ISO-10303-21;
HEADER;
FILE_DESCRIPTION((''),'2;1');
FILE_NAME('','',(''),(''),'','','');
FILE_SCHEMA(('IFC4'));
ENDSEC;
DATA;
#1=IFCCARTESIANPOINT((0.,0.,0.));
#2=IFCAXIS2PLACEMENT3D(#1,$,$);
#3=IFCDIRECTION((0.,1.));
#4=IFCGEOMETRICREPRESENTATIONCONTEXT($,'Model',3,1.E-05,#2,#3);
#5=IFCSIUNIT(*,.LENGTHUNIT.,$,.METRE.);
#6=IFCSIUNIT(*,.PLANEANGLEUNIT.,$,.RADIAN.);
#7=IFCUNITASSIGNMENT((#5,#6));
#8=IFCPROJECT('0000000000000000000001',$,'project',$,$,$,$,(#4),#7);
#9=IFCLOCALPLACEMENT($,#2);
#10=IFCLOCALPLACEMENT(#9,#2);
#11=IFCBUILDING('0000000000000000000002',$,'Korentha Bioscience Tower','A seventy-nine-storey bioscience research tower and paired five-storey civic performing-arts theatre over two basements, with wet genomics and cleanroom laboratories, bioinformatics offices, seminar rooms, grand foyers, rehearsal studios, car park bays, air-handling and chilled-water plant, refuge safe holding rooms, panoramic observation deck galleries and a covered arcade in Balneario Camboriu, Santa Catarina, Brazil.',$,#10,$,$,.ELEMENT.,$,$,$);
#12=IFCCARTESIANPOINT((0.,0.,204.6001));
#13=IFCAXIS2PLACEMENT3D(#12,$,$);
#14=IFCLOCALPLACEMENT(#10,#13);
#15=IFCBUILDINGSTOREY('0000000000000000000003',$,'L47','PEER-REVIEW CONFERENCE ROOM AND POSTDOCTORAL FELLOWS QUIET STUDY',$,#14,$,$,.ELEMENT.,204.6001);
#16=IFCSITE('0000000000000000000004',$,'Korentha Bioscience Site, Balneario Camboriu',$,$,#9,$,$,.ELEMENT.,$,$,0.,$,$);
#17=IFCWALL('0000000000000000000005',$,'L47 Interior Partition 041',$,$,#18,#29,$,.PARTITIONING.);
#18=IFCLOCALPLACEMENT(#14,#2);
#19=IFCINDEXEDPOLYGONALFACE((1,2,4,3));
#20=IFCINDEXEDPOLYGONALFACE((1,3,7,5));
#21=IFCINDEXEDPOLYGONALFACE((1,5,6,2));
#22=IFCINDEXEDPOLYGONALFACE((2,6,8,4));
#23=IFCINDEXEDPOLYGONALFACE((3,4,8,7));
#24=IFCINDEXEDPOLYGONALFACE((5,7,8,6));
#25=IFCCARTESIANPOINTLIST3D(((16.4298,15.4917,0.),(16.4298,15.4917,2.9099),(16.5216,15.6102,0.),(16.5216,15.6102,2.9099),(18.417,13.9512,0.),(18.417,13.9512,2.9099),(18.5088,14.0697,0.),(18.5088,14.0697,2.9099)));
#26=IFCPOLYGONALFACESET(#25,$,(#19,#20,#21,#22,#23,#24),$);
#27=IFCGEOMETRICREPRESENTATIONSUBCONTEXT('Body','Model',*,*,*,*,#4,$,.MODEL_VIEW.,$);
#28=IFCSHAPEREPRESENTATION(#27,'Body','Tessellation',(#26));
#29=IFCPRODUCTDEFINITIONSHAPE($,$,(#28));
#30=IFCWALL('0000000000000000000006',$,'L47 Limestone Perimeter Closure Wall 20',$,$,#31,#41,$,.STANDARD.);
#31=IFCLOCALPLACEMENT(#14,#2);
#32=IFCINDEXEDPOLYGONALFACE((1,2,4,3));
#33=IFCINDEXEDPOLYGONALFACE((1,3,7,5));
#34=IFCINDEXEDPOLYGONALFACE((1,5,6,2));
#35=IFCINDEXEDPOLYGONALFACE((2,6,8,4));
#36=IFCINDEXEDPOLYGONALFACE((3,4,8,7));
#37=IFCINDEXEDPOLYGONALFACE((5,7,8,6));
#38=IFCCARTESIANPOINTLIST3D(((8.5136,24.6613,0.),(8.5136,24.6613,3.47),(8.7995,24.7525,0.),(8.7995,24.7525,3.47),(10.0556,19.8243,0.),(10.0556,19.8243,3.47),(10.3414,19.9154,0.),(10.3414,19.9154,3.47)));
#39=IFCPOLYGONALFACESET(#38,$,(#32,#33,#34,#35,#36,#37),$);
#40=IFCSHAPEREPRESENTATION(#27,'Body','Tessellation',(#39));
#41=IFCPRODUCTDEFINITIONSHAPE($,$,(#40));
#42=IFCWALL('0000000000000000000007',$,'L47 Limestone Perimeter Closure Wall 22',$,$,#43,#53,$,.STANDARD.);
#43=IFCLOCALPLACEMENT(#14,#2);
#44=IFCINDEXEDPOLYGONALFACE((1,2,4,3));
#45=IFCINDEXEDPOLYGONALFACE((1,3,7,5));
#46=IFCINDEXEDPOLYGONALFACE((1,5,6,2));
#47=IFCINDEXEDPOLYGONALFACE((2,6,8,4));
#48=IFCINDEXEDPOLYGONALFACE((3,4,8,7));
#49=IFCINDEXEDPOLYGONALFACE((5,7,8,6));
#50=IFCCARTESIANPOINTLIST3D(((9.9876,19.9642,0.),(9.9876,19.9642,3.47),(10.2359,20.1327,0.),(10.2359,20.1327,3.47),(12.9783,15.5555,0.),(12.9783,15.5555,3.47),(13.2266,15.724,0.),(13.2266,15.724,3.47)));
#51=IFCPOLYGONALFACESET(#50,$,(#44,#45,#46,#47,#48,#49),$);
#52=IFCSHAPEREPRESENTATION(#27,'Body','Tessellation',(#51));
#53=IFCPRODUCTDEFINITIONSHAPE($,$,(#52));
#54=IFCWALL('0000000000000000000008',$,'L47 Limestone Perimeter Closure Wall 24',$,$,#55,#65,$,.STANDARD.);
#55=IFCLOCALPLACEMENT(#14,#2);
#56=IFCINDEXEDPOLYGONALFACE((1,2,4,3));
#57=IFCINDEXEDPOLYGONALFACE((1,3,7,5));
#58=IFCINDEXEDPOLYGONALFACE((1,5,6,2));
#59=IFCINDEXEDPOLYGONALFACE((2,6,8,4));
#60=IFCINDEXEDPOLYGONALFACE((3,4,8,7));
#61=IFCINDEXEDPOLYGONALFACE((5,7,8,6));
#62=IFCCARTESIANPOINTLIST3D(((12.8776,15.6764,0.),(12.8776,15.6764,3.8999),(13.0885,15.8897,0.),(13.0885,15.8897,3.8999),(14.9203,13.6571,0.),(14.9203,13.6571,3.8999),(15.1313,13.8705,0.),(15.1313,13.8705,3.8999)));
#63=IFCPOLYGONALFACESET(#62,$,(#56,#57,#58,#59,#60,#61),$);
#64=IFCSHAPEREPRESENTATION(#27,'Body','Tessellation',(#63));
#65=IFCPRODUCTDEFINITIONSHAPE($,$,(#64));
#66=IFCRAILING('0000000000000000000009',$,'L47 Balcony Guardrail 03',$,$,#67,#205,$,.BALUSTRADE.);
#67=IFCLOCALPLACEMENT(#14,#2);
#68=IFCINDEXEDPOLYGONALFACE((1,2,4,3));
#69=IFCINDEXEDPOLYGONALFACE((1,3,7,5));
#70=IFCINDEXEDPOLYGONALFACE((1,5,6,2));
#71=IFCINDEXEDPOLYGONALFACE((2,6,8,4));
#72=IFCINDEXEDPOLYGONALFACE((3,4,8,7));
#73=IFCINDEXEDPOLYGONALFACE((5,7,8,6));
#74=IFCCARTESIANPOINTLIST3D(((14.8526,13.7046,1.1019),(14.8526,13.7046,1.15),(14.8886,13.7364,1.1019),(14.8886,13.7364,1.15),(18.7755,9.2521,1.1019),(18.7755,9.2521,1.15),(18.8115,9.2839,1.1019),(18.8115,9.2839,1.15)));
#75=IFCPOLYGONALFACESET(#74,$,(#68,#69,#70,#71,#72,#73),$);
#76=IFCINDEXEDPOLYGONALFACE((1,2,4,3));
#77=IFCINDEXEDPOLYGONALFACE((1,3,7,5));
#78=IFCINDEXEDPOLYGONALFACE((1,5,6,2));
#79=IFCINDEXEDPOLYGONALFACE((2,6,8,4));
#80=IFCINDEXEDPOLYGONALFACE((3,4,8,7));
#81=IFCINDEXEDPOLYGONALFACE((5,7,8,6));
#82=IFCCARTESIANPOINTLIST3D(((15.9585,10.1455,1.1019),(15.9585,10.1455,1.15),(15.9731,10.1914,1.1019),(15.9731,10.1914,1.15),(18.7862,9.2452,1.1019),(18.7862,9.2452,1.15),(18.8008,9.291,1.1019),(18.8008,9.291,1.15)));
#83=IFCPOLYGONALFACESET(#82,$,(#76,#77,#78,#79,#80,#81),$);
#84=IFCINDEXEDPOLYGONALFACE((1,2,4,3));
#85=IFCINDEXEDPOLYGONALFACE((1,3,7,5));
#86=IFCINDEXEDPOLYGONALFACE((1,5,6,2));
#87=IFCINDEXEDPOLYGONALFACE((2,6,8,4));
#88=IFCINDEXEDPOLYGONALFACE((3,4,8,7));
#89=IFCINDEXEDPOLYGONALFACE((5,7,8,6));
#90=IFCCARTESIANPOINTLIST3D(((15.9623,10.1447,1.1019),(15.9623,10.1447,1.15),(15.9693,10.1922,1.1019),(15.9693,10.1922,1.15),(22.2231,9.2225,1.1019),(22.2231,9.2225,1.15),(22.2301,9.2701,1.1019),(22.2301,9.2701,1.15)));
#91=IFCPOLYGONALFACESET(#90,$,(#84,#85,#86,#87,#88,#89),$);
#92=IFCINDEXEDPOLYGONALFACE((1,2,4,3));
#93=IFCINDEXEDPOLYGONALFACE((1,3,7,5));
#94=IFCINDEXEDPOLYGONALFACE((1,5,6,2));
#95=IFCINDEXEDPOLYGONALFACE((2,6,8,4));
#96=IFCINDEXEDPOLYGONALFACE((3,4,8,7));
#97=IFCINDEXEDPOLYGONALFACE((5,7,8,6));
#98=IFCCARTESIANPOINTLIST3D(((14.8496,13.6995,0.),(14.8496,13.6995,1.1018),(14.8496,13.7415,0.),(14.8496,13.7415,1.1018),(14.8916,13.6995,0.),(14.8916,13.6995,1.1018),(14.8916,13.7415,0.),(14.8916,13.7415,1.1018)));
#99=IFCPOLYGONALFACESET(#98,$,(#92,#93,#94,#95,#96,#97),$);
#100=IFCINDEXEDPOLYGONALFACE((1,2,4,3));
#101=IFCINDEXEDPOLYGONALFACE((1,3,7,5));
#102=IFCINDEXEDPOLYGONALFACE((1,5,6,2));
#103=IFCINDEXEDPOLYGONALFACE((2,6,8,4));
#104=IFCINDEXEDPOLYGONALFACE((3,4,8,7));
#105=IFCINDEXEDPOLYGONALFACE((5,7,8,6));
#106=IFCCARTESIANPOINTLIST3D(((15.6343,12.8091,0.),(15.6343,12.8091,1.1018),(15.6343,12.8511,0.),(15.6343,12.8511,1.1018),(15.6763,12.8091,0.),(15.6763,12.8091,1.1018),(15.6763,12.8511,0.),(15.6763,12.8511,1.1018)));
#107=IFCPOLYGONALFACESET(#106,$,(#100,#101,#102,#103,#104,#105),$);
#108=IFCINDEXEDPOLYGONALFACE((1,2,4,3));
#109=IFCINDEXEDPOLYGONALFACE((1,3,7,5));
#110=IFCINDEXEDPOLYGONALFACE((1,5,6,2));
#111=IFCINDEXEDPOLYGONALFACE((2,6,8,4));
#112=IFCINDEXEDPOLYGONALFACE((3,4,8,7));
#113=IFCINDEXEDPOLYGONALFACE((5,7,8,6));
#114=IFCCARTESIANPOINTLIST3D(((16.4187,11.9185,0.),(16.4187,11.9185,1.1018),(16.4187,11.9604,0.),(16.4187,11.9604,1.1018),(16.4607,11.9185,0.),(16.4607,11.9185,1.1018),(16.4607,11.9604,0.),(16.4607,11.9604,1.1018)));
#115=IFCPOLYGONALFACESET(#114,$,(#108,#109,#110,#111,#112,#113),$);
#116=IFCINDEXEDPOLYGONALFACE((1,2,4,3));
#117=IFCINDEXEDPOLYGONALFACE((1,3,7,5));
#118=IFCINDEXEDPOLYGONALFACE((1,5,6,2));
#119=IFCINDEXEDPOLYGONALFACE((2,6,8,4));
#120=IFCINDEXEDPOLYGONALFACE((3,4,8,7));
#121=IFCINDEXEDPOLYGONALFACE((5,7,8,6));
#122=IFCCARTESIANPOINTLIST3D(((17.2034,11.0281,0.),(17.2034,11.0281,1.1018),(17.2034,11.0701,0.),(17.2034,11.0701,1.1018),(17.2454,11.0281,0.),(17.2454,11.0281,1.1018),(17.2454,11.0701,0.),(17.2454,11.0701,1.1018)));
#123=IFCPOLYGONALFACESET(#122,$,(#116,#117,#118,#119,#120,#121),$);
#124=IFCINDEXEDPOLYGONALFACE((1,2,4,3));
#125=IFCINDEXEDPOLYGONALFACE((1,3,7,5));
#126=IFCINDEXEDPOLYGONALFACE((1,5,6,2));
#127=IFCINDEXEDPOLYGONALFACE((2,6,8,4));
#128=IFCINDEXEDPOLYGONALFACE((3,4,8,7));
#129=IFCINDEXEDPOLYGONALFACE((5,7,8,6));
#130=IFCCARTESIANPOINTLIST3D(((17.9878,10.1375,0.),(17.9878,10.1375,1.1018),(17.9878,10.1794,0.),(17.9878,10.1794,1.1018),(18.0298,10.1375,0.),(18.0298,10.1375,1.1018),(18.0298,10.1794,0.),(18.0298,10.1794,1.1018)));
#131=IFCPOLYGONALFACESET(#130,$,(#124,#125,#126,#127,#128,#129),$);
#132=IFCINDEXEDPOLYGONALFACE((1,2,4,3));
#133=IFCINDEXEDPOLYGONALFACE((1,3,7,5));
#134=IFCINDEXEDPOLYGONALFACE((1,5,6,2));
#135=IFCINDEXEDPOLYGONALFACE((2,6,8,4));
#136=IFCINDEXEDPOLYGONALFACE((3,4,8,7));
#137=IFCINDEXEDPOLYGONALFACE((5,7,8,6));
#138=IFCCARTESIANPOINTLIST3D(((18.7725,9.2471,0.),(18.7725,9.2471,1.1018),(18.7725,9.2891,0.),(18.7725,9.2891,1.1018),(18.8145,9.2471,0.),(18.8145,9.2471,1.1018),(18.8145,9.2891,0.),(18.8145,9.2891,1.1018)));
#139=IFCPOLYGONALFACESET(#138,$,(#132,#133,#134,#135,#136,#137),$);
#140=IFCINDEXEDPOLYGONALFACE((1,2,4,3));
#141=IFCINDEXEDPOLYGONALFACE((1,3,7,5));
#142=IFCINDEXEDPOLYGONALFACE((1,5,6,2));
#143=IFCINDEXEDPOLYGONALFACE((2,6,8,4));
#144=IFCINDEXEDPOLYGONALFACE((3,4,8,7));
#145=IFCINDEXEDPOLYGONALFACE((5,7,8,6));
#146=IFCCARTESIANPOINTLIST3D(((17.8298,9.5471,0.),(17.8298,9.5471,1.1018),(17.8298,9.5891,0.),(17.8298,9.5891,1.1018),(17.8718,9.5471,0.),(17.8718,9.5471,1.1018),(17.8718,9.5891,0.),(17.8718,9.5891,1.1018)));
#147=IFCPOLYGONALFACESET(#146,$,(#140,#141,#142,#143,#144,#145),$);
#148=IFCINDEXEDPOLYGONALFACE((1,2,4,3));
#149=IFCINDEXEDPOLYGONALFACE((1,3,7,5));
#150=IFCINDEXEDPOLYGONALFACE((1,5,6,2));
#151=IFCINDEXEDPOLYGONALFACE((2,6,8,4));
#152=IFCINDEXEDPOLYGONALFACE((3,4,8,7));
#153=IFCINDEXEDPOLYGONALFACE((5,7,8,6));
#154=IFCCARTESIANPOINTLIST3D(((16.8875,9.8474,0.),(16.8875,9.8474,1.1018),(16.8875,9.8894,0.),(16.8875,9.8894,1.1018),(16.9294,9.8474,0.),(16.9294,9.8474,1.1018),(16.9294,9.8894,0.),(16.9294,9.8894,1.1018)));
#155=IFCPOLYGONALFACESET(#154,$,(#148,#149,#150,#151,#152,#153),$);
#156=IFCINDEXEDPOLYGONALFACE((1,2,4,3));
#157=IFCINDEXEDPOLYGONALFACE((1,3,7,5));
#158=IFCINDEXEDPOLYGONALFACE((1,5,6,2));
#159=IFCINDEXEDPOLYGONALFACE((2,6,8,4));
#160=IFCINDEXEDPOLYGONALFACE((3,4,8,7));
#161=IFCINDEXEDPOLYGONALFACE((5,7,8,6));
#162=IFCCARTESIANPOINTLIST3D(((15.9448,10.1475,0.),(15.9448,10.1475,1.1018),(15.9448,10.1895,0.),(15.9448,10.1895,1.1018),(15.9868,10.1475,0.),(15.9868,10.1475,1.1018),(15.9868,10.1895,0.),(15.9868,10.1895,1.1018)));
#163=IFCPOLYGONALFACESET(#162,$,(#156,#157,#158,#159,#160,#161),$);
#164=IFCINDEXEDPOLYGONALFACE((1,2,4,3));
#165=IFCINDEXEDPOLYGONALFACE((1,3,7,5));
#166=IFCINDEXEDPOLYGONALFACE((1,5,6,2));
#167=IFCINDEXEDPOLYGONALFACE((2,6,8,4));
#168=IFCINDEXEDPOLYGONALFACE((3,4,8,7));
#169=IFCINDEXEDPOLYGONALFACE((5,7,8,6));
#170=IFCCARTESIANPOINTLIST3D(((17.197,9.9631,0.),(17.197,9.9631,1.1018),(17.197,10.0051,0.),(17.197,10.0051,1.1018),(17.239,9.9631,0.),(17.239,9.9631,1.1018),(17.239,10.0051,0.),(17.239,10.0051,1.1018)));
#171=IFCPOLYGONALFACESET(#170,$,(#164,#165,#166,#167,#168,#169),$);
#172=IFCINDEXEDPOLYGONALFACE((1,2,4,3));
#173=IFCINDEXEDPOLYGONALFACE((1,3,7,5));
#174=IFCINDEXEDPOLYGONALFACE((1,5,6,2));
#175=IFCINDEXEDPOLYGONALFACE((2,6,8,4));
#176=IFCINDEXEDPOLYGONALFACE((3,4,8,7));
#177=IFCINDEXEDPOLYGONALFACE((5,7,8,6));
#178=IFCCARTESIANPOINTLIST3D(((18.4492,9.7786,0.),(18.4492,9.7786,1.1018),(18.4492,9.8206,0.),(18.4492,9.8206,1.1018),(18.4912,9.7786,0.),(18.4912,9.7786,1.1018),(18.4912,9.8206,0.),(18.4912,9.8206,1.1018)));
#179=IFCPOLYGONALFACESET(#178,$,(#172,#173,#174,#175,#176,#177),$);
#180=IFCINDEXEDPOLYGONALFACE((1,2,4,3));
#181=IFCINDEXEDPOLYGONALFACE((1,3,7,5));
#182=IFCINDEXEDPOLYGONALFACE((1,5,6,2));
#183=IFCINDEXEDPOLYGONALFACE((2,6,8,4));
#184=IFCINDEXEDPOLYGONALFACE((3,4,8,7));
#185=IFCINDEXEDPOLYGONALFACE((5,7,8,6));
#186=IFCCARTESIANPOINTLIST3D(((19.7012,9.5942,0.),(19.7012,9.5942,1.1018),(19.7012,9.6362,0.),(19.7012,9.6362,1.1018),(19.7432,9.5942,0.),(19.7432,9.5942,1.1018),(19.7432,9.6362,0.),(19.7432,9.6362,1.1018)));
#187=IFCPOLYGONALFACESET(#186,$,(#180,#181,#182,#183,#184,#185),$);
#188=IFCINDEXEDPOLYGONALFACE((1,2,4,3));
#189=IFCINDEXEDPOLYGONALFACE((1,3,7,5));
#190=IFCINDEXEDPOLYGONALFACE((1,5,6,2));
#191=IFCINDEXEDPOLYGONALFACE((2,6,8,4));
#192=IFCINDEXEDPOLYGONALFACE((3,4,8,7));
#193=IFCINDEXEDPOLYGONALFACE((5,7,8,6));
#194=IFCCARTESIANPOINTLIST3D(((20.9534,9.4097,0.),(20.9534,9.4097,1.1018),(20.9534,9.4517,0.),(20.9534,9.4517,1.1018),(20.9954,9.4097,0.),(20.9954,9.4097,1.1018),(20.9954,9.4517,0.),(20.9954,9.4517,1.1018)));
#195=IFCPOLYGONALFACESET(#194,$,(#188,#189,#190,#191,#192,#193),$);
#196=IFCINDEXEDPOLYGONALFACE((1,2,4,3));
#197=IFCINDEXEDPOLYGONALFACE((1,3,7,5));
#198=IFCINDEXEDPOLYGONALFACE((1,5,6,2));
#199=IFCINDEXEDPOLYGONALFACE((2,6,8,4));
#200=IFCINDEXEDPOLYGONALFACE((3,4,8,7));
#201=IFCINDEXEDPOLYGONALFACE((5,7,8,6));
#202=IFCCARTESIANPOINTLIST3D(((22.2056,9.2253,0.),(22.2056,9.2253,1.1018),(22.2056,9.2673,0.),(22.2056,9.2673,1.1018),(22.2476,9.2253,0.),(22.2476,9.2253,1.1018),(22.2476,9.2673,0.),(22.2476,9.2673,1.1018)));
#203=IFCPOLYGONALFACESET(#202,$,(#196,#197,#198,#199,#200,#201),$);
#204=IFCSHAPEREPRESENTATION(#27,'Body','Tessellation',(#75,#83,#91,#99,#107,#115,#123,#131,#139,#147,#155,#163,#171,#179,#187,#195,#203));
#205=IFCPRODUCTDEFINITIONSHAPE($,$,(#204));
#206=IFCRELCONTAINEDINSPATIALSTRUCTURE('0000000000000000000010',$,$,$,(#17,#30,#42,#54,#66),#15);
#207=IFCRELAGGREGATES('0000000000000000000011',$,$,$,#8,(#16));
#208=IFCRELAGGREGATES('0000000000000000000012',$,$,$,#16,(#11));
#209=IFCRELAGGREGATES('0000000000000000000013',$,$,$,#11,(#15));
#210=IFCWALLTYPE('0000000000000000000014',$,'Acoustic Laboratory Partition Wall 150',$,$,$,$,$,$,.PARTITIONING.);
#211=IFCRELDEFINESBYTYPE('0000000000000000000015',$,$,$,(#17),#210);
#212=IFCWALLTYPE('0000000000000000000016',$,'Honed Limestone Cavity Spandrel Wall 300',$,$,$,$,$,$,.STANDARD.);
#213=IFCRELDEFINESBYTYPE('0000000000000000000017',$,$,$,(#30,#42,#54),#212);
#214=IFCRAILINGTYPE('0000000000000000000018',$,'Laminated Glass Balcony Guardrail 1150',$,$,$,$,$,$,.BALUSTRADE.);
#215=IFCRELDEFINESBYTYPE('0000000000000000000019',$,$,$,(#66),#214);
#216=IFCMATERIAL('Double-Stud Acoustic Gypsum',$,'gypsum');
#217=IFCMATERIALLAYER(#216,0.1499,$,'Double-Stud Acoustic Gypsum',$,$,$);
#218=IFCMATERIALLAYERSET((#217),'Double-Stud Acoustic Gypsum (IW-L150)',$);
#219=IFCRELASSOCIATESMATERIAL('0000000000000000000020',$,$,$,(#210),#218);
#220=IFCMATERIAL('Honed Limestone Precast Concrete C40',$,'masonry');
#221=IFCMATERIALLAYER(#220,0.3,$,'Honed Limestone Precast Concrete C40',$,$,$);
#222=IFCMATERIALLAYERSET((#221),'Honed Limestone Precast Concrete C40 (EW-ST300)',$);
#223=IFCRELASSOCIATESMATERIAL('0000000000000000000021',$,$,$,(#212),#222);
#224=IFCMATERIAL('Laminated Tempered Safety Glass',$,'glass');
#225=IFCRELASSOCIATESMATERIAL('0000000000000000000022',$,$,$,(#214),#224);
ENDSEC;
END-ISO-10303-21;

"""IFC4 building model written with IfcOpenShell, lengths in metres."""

from ifc_helpers import new_model, si_unit, direction, frame, frame_2d, origin, origin_2d, place, context, subcontext, project, spatial, rectangle, extrude, material, layer, layer_set, type_object, element, save


model = new_model("IFC4")

# Units and contexts
model_context = context("Model", 3, precision=1e-05, world=origin(), true_north=direction((0.0, 1.0)))
body_context = subcontext(model_context, "Body", "Model", "MODEL_VIEW")
ifc_project = project(units=[si_unit("LENGTHUNIT", "METRE"), si_unit("PLANEANGLEUNIT", "RADIAN")], contexts=[model_context])

# Site, building, storey
site_placement = place(None, origin())
site = spatial("IfcSite", under=ifc_project, at=site_placement, Name="Korentha Bioscience Site, Balneario Camboriu", CompositionType="ELEMENT", RefElevation=0.0)
building_placement = place(site_placement, origin())
building = spatial("IfcBuilding", under=site, at=building_placement, Name="Korentha Bioscience Tower", Description="A seventy-nine-storey bioscience research tower and paired five-storey civic performing-arts theatre over two basements, with wet genomics and cleanroom laboratories, bioinformatics offices, seminar rooms, grand foyers, rehearsal studios, car park bays, air-handling and chilled-water plant, refuge safe holding rooms, panoramic observation deck galleries and a covered arcade in Balneario Camboriu, Santa Catarina, Brazil.", CompositionType="ELEMENT")
storey_placement = place(building_placement, frame((0.0, 0.0, 204.6001)))
storey = spatial("IfcBuildingStorey", under=building, at=storey_placement, Name="L47", Description="PEER-REVIEW CONFERENCE ROOM AND POSTDOCTORAL FELLOWS QUIET STUDY", CompositionType="ELEMENT", Elevation=204.6001)

# Walls
ifc_material_1 = material(Name="Double-Stud Acoustic Gypsum", Category="gypsum")
ifc_layer_1 = layer(ifc_material_1, 0.1499, Name="Double-Stud Acoustic Gypsum")
ifc_layer_set_1 = layer_set([ifc_layer_1], Name="Double-Stud Acoustic Gypsum (IW-L150)")
wall_type_1 = type_object("IfcWallType", Name="Acoustic Laboratory Partition Wall 150", PredefinedType="PARTITIONING", material=ifc_layer_set_1)
wall_1_placement = place(storey_placement, frame((16.4756, 15.551, 0.0), z_axis=(0.0, 0.0, 1.0), x_axis=(0.790345, -0.612663, 0.0)))
element("IfcWall", 1, at=wall_1_placement, inside=storey, type_object=wall_type_1, Name="L47 Interior Partition 041", PredefinedType="PARTITIONING", context=body_context, shape_type="SweptSolid", body=[
    extrude(rectangle(XDim=2.5144, YDim=0.1499, at=frame_2d((1.2573, 0.0))), origin(), (0.0, 0.0, 1.0), 2.9099),
])
ifc_material_2 = material(Name="Honed Limestone Precast Concrete C40", Category="masonry")
ifc_layer_2 = layer(ifc_material_2, 0.3, Name="Honed Limestone Precast Concrete C40")
ifc_layer_set_2 = layer_set([ifc_layer_2], Name="Honed Limestone Precast Concrete C40 (EW-ST300)")
wall_type_2 = type_object("IfcWallType", Name="Honed Limestone Cavity Spandrel Wall 300", PredefinedType="STANDARD", material=ifc_layer_set_2)
wall_2_placement = place(storey_placement, frame((8.6565, 24.707, 0.0), z_axis=(0.0, 0.0, 1.0), x_axis=(0.303722, -0.952761, 0.0)))
element("IfcWall", 2, at=wall_2_placement, inside=storey, type_object=wall_type_2, Name="L47 Limestone Perimeter Closure Wall 20", PredefinedType="STANDARD", context=body_context, shape_type="SweptSolid", body=[
    extrude(rectangle(XDim=5.0769, YDim=0.3, at=frame_2d((2.5386, 0.0))), origin(), (0.0, 0.0, 1.0), 3.47),
])
wall_3_placement = place(storey_placement, frame((10.1118, 20.0483, 0.0), z_axis=(0.0, 0.0, 1.0), x_axis=(0.561387, -0.827553, 0.0)))
element("IfcWall", 3, at=wall_3_placement, inside=storey, type_object=wall_type_2, Name="L47 Limestone Perimeter Closure Wall 22", PredefinedType="STANDARD", context=body_context, shape_type="SweptSolid", body=[
    extrude(rectangle(XDim=5.3274, YDim=0.3, at=frame_2d((2.6636, 0.0))), origin(), (0.0, 0.0, 1.0), 3.47),
])
wall_4_placement = place(storey_placement, frame((12.9832, 15.783, 0.0), z_axis=(0.0, 0.0, 1.0), x_axis=(0.711175, -0.703015, 0.0)))
element("IfcWall", 4, at=wall_4_placement, inside=storey, type_object=wall_type_2, Name="L47 Limestone Perimeter Closure Wall 24", PredefinedType="STANDARD", context=body_context, shape_type="SweptSolid", body=[
    extrude(rectangle(XDim=2.8723, YDim=0.3, at=frame_2d((1.436, 0.0))), origin(), (0.0, 0.0, 1.0), 3.8999),
])

# Railing
ifc_material_3 = material(Name="Laminated Tempered Safety Glass", Category="glass")
railing_type = type_object("IfcRailingType", Name="Laminated Glass Balcony Guardrail 1150", PredefinedType="BALUSTRADE", material=ifc_material_3)
railing_placement = place(storey_placement, frame((14.8706, 13.7205, 0.0)))
element("IfcRailing", 5, at=railing_placement, inside=storey, type_object=railing_type, Name="L47 Balcony Guardrail 03", PredefinedType="BALUSTRADE", context=body_context, shape_type="SweptSolid", body=[
    extrude(rectangle(XDim=0.0481, YDim=0.0481, at=origin_2d()), frame((0.0, 0.0, 1.126), z_axis=(0.661079, -0.750317, 0.0), x_axis=(0.750317, 0.661079, 0.0)), (0.0, 0.0, 1.0), 5.9341),
    extrude(rectangle(XDim=0.0481, YDim=0.0481, at=origin_2d()), frame((3.9229, -4.4524, 1.126), z_axis=(-0.952859, 0.303414, 0.0), x_axis=(-0.303414, -0.952859, 0.0)), (0.0, 0.0, 1.0), 2.9675),
    extrude(rectangle(XDim=0.0481, YDim=0.0481, at=origin_2d()), frame((1.0952, -3.552, 1.126), z_axis=(0.989327, -0.145714, 0.0), x_axis=(0.145714, 0.989327, 0.0)), (0.0, 0.0, 1.0), 6.3284),
    extrude(rectangle(XDim=0.042, YDim=0.042, at=origin_2d()), origin(), (0.0, 0.0, 1.0), 1.1018),
    extrude(rectangle(XDim=0.042, YDim=0.042, at=origin_2d()), frame((0.7847, -0.8904, 0.0)), (0.0, 0.0, 1.0), 1.1018),
    extrude(rectangle(XDim=0.042, YDim=0.042, at=origin_2d()), frame((1.5691, -1.781, 0.0)), (0.0, 0.0, 1.0), 1.1018),
    extrude(rectangle(XDim=0.042, YDim=0.042, at=origin_2d()), frame((2.3538, -2.6714, 0.0)), (0.0, 0.0, 1.0), 1.1018),
    extrude(rectangle(XDim=0.042, YDim=0.042, at=origin_2d()), frame((3.1382, -3.562, 0.0)), (0.0, 0.0, 1.0), 1.1018),
    extrude(rectangle(XDim=0.042, YDim=0.042, at=origin_2d()), frame((3.9229, -4.4524, 0.0)), (0.0, 0.0, 1.0), 1.1018),
    extrude(rectangle(XDim=0.042, YDim=0.042, at=origin_2d()), frame((2.9802, -4.1523, 0.0)), (0.0, 0.0, 1.0), 1.1018),
    extrude(rectangle(XDim=0.042, YDim=0.042, at=origin_2d()), frame((2.0378, -3.8521, 0.0)), (0.0, 0.0, 1.0), 1.1018),
    extrude(rectangle(XDim=0.042, YDim=0.042, at=origin_2d()), frame((1.0952, -3.552, 0.0)), (0.0, 0.0, 1.0), 1.1018),
    extrude(rectangle(XDim=0.042, YDim=0.042, at=origin_2d()), frame((2.3474, -3.7363, 0.0)), (0.0, 0.0, 1.0), 1.1018),
    extrude(rectangle(XDim=0.042, YDim=0.042, at=origin_2d()), frame((3.5996, -3.9209, 0.0)), (0.0, 0.0, 1.0), 1.1018),
    extrude(rectangle(XDim=0.042, YDim=0.042, at=origin_2d()), frame((4.8516, -4.1052, 0.0)), (0.0, 0.0, 1.0), 1.1018),
    extrude(rectangle(XDim=0.042, YDim=0.042, at=origin_2d()), frame((6.1038, -4.2898, 0.0)), (0.0, 0.0, 1.0), 1.1018),
    extrude(rectangle(XDim=0.042, YDim=0.042, at=origin_2d()), frame((7.356, -4.4741, 0.0)), (0.0, 0.0, 1.0), 1.1018),
])

save(model, "model.ifc")
